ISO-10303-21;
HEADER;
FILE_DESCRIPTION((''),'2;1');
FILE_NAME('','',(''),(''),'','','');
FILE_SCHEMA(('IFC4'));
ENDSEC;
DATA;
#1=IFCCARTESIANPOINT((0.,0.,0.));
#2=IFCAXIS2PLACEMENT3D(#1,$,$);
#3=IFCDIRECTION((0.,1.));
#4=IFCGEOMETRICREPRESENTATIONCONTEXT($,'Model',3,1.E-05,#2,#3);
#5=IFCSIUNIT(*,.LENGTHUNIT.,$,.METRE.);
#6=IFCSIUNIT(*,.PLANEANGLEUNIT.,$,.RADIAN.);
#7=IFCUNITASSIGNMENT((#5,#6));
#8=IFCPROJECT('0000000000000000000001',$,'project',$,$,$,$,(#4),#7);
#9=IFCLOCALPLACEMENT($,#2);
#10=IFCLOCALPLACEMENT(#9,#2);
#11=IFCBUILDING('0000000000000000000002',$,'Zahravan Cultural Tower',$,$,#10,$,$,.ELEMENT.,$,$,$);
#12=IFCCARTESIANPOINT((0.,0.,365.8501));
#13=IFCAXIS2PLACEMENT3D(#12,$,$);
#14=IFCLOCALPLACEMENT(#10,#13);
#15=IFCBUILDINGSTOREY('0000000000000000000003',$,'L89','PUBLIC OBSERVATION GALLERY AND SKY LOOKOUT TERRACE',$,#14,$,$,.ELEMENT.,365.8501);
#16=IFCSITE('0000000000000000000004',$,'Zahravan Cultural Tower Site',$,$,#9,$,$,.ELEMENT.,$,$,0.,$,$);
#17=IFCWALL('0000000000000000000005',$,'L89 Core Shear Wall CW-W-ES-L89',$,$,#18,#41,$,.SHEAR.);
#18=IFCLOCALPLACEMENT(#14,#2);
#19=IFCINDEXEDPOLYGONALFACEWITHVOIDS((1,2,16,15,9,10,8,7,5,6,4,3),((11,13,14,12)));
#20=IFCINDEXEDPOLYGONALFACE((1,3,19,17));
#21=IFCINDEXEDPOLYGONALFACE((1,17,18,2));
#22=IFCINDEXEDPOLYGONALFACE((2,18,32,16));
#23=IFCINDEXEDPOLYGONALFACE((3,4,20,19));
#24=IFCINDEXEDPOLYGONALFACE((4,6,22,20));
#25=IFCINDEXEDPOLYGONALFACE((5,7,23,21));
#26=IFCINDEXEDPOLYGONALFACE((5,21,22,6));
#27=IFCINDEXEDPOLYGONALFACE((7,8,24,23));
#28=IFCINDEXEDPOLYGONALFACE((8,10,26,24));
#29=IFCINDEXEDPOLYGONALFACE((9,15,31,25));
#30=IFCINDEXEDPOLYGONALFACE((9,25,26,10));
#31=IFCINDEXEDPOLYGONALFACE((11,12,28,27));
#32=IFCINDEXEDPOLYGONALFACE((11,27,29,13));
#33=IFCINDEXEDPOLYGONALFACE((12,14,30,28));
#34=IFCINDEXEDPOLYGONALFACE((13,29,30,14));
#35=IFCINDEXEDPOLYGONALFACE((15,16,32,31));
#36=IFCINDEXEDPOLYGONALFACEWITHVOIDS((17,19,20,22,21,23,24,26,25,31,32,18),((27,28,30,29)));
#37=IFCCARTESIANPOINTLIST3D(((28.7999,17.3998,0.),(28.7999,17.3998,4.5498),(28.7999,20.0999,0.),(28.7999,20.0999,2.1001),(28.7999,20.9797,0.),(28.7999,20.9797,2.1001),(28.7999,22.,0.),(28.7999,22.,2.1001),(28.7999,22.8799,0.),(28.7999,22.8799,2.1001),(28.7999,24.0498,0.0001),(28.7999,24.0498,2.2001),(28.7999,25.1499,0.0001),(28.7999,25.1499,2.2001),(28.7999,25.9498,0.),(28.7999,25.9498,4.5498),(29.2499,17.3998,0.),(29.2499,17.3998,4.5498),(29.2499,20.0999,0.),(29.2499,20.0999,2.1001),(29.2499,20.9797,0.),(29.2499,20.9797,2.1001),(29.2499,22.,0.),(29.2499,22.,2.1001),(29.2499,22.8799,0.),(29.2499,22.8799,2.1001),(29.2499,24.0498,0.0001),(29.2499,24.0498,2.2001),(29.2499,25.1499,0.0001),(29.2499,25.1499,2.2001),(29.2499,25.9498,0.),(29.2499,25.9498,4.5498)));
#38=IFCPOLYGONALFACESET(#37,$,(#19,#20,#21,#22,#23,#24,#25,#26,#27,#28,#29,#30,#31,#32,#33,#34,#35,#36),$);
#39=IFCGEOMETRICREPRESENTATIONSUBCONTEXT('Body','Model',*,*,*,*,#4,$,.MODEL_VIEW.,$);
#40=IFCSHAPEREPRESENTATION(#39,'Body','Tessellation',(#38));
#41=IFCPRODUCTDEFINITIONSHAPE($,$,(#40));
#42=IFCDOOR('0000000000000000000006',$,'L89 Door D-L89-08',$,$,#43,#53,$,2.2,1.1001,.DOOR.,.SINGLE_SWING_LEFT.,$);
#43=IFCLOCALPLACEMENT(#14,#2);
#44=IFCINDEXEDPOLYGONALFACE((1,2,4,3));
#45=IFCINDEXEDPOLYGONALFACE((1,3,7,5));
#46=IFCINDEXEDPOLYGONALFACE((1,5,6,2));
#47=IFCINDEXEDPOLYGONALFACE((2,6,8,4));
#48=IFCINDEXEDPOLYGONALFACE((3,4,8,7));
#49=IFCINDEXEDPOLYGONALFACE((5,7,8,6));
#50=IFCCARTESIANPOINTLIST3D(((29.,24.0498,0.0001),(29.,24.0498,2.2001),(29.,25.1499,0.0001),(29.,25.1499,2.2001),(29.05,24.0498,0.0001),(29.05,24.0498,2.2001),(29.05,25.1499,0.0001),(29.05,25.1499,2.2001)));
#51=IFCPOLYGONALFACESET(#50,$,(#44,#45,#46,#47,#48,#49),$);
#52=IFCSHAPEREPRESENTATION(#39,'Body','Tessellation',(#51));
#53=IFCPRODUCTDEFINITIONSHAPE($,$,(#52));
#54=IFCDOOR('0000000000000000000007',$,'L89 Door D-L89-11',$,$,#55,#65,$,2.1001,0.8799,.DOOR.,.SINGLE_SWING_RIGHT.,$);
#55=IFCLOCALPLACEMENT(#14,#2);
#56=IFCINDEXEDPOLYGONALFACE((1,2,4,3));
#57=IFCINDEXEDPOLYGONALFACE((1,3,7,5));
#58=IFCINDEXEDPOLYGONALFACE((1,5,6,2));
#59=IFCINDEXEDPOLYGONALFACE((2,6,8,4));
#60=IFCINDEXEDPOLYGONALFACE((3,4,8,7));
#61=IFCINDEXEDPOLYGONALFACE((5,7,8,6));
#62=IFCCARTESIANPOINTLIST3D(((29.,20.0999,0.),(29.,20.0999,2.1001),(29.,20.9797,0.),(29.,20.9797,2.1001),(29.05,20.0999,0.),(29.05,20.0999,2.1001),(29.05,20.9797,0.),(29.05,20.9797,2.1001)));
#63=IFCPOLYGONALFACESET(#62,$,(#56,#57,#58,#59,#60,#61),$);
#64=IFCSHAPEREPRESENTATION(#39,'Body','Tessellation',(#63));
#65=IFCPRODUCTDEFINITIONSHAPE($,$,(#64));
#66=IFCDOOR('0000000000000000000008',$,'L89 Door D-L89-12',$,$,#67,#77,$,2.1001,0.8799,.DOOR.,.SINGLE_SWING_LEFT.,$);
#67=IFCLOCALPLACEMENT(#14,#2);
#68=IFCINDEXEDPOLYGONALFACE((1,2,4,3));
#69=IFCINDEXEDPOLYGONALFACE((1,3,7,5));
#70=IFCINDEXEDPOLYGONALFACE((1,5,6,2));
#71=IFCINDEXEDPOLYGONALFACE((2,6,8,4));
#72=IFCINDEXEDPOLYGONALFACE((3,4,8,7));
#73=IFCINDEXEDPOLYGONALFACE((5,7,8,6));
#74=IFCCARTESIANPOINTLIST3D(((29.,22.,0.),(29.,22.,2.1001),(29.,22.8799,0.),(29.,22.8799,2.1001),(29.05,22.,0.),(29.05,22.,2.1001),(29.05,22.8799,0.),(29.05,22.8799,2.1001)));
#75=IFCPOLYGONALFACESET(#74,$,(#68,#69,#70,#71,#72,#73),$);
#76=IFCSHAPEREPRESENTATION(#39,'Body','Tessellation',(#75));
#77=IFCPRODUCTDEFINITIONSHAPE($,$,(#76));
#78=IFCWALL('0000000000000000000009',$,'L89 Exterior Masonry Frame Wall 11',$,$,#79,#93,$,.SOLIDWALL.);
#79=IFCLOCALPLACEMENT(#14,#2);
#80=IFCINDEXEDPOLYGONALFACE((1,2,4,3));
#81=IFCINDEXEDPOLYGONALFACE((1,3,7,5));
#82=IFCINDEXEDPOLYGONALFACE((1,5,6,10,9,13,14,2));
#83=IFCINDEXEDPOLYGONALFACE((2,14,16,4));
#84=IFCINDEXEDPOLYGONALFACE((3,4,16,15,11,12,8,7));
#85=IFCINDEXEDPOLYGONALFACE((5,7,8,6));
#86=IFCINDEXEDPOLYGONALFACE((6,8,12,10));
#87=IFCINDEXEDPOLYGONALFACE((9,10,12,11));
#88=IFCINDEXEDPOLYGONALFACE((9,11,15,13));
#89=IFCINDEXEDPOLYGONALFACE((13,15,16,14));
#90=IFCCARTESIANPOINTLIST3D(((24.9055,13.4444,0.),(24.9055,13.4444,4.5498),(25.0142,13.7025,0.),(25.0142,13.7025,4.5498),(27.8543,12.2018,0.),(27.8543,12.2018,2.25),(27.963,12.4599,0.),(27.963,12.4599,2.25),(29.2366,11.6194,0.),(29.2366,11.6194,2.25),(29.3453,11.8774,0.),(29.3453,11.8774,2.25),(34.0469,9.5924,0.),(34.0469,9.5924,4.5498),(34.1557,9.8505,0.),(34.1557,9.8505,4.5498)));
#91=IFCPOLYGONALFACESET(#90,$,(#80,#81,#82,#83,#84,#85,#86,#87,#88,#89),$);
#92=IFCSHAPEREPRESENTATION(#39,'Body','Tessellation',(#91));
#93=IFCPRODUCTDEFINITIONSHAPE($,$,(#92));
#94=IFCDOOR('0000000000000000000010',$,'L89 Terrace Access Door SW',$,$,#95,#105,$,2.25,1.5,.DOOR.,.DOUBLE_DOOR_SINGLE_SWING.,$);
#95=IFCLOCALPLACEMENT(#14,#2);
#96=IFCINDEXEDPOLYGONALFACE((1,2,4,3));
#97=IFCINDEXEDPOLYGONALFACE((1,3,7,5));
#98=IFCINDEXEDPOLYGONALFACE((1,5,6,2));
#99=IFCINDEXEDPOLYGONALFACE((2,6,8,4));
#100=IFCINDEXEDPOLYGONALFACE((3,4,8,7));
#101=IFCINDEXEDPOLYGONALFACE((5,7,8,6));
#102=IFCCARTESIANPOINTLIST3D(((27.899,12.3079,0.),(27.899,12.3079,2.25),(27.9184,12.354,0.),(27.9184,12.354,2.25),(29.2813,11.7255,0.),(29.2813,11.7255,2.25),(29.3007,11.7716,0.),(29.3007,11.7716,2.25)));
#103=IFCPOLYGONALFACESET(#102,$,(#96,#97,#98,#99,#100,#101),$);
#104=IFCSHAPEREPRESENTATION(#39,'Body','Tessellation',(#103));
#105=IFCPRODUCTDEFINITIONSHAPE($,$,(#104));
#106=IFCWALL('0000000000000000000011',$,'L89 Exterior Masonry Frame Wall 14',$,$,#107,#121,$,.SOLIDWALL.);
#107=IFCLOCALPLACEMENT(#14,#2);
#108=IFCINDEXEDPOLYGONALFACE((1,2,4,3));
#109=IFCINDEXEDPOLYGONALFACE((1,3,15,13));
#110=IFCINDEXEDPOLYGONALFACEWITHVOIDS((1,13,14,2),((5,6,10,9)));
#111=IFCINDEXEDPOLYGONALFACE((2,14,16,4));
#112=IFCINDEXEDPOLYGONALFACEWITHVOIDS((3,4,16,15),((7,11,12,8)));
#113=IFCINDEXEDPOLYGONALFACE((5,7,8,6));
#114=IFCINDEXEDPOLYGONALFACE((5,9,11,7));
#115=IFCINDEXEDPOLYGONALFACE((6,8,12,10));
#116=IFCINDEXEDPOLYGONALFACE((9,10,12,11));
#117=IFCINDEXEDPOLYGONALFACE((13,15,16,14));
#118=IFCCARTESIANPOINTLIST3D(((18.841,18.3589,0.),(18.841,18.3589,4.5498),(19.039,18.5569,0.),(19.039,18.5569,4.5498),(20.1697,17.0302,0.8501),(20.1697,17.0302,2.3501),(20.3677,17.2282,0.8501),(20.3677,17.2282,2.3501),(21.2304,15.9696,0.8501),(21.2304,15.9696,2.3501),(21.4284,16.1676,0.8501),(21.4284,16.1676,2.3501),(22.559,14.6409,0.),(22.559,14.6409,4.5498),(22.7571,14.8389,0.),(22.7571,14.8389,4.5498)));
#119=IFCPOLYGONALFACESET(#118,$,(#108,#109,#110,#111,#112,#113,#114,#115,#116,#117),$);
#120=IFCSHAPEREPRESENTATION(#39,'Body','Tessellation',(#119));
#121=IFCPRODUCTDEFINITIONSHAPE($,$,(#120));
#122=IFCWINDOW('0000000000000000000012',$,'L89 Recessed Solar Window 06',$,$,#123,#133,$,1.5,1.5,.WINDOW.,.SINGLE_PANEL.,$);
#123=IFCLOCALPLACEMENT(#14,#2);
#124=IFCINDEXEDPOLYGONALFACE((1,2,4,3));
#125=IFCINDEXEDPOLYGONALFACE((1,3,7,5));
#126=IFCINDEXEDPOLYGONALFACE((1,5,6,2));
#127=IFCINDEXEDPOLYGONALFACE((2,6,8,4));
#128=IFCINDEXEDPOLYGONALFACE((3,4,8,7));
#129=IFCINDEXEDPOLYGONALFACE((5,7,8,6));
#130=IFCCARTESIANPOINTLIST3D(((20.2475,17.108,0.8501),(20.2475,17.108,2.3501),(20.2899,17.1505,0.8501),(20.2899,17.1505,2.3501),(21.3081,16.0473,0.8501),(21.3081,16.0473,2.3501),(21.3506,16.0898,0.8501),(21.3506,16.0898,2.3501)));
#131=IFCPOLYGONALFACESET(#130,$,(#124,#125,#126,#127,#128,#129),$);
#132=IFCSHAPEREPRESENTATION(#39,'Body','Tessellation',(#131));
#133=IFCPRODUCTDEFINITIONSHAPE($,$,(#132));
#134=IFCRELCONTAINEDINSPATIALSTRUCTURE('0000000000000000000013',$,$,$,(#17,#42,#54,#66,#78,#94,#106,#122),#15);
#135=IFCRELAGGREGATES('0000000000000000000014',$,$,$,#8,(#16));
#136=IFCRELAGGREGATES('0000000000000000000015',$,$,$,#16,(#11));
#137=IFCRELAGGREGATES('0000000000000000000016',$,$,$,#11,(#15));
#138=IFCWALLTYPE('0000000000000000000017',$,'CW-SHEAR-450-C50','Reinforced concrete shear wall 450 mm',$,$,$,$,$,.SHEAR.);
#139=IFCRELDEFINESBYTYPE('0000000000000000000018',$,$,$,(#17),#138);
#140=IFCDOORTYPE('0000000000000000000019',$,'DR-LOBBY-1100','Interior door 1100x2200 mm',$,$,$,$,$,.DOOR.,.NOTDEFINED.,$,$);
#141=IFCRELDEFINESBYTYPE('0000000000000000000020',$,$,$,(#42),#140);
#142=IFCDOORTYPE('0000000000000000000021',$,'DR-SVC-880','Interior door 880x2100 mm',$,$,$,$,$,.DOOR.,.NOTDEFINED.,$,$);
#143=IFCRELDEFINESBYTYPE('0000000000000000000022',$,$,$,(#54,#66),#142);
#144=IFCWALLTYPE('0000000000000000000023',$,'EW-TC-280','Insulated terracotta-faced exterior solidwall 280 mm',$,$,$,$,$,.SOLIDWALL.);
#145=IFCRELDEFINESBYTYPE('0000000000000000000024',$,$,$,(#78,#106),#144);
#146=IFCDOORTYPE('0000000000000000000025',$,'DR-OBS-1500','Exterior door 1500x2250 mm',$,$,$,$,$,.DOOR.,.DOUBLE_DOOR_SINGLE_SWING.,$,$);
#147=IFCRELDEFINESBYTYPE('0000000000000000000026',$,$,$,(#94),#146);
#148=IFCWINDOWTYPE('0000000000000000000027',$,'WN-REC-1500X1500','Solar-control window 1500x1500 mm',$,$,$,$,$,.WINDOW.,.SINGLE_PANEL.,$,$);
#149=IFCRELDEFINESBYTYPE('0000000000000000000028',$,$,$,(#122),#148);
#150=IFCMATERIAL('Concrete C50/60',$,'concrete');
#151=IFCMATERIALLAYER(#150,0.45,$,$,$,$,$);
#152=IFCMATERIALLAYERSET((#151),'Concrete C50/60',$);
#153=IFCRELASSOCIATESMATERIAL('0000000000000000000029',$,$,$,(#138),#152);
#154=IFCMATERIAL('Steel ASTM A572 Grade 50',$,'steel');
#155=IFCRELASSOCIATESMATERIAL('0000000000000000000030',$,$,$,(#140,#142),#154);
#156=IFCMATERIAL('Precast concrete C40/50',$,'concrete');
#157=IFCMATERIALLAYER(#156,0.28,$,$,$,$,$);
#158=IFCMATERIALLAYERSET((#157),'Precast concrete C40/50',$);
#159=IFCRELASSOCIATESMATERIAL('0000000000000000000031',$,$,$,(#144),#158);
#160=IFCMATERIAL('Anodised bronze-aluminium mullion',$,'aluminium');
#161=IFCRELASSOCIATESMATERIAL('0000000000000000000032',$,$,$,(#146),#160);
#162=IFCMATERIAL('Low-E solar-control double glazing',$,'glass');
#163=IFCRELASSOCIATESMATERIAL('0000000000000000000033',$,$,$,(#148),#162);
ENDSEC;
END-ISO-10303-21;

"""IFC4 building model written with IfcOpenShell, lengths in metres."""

from ifc_helpers import new_model, si_unit, direction, frame, frame_2d, origin, place, context, subcontext, project, spatial, rectangle, extrude, source, transform, mapped, material, layer, layer_set, type_object, element, fill, save


model = new_model("IFC4")

# Units and contexts
model_context = context("Model", 3, precision=1e-05, world=origin(), true_north=direction((0.0, 1.0)))
body_context = subcontext(model_context, "Body", "Model", "MODEL_VIEW")
ifc_project = project(units=[si_unit("LENGTHUNIT", "METRE"), si_unit("PLANEANGLEUNIT", "RADIAN")], contexts=[model_context])

# Site, building, storey
site_placement = place(None, origin())
site = spatial("IfcSite", under=ifc_project, at=site_placement, Name="Zahravan Cultural Tower Site", CompositionType="ELEMENT", RefElevation=0.0)
building_placement = place(site_placement, origin())
building = spatial("IfcBuilding", under=site, at=building_placement, Name="Zahravan Cultural Tower", CompositionType="ELEMENT")
storey_placement = place(building_placement, frame((0.0, 0.0, 365.8501)))
storey = spatial("IfcBuildingStorey", under=building, at=storey_placement, Name="L89", Description="PUBLIC OBSERVATION GALLERY AND SKY LOOKOUT TERRACE", CompositionType="ELEMENT", Elevation=365.8501)

# Wall, openings, doors
ifc_material_1 = material(Name="Concrete C50/60", Category="concrete")
ifc_layer_1 = layer(ifc_material_1, 0.45)
ifc_layer_set_1 = layer_set([ifc_layer_1], Name="Concrete C50/60")
wall_type_1 = type_object("IfcWallType", Name="CW-SHEAR-450-C50", Description="Reinforced concrete shear wall 450 mm", PredefinedType="SHEAR", material=ifc_layer_set_1)
wall_1_placement = place(storey_placement, frame((29.0249, 17.3999, 0.0), z_axis=(0.0, 0.0, 1.0), x_axis=(0.0, 1.0, 0.0)))
wall_1 = element("IfcWall", 1, at=wall_1_placement, inside=storey, type_object=wall_type_1, Name="L89 Core Shear Wall CW-W-ES-L89", PredefinedType="SHEAR", context=body_context, shape_type="SweptSolid", body=[
    extrude(rectangle(XDim=8.55, YDim=0.45, at=frame_2d((4.2749, 0.0))), origin(), (0.0, 0.0, 1.0), 4.5498),
])
opening_1_placement = place(wall_1_placement, frame((6.6499, 0.0, 0.0)))
opening_1 = element("IfcOpeningElement", 2, at=opening_1_placement, cuts=wall_1, PredefinedType="OPENING", context=body_context, shape_type="SweptSolid", body=[
    extrude(rectangle(XDim=1.1001, YDim=2.2, at=frame_2d((0.55, 1.1001))), frame((0.0, 0.2349, 0.0), z_axis=(0.0, -1.0, 0.0), x_axis=(1.0, 0.0, 0.0)), (0.0, 0.0, 1.0), 0.47),
])
opening_2_placement = place(wall_1_placement, frame((2.7, 0.0, 0.0)))
opening_2 = element("IfcOpeningElement", 3, at=opening_2_placement, cuts=wall_1, PredefinedType="OPENING", context=body_context, shape_type="SweptSolid", body=[
    extrude(rectangle(XDim=0.8799, YDim=2.1001, at=frame_2d((0.4399, 1.05))), frame((0.0, 0.2349, 0.0), z_axis=(0.0, -1.0, 0.0), x_axis=(1.0, 0.0, 0.0)), (0.0, 0.0, 1.0), 0.47),
])
opening_3_placement = place(wall_1_placement, frame((4.6001, 0.0, 0.0)))
opening_3 = element("IfcOpeningElement", 4, at=opening_3_placement, cuts=wall_1, PredefinedType="OPENING", context=body_context, shape_type="SweptSolid", body=[
    extrude(rectangle(XDim=0.8799, YDim=2.1001, at=frame_2d((0.4399, 1.05))), frame((0.0, 0.2349, 0.0), z_axis=(0.0, -1.0, 0.0), x_axis=(1.0, 0.0, 0.0)), (0.0, 0.0, 1.0), 0.47),
])
ifc_material_2 = material(Name="Steel ASTM A572 Grade 50", Category="steel")
door_type_1 = type_object("IfcDoorType", Name="DR-LOBBY-1100", Description="Interior door 1100x2200 mm", OperationType="NOTDEFINED", PredefinedType="DOOR", material=ifc_material_2)
shared_shape_1 = source(origin(), body_context, "Body", "SweptSolid", [
    extrude(rectangle(XDim=1.1001, YDim=2.2, at=frame_2d((0.55, 1.1001))), frame((0.0, 0.0249, 0.0), z_axis=(0.0, -1.0, 0.0), x_axis=(1.0, 0.0, 0.0)), (0.0, 0.0, 1.0), 0.05),
])
door_1_placement = place(opening_1_placement, origin())
door_1 = element("IfcDoor", 5, at=door_1_placement, inside=storey, type_object=door_type_1, Name="L89 Door D-L89-08", OperationType="SINGLE_SWING_LEFT", OverallHeight=2.2, OverallWidth=1.1001, PredefinedType="DOOR", context=body_context, shape_type="MappedRepresentation", body=[
    mapped(shared_shape_1, transform((0.0, 0.0, 0.0), x_axis=(1.0, 0.0, 0.0), y_axis=(0.0, 1.0, 0.0), z_axis=(0.0, 0.0, 1.0), scale=1.0)),
])
fill(opening_1, door_1)
door_type_2 = type_object("IfcDoorType", Name="DR-SVC-880", Description="Interior door 880x2100 mm", OperationType="NOTDEFINED", PredefinedType="DOOR", material=ifc_material_2)
shared_shape_2 = source(origin(), body_context, "Body", "SweptSolid", [
    extrude(rectangle(XDim=0.8799, YDim=2.1001, at=frame_2d((0.4399, 1.05))), frame((0.0, 0.0249, 0.0), z_axis=(0.0, -1.0, 0.0), x_axis=(1.0, 0.0, 0.0)), (0.0, 0.0, 1.0), 0.05),
])
door_2_placement = place(opening_2_placement, origin())
door_2 = element("IfcDoor", 6, at=door_2_placement, inside=storey, type_object=door_type_2, Name="L89 Door D-L89-11", OperationType="SINGLE_SWING_RIGHT", OverallHeight=2.1001, OverallWidth=0.8799, PredefinedType="DOOR", context=body_context, shape_type="MappedRepresentation", body=[
    mapped(shared_shape_2, transform((0.0, 0.0, 0.0), x_axis=(1.0, 0.0, 0.0), y_axis=(0.0, 1.0, 0.0), z_axis=(0.0, 0.0, 1.0), scale=1.0)),
])
fill(opening_2, door_2)
door_3_placement = place(opening_3_placement, origin())
door_3 = element("IfcDoor", 7, at=door_3_placement, inside=storey, type_object=door_type_2, Name="L89 Door D-L89-12", OperationType="SINGLE_SWING_LEFT", OverallHeight=2.1001, OverallWidth=0.8799, PredefinedType="DOOR", context=body_context, shape_type="MappedRepresentation", body=[
    mapped(shared_shape_2, transform((0.0, 0.0, 0.0), x_axis=(1.0, 0.0, 0.0), y_axis=(0.0, 1.0, 0.0), z_axis=(0.0, 0.0, 1.0), scale=1.0)),
])
fill(opening_3, door_3)

# Wall, opening, door
ifc_material_3 = material(Name="Precast concrete C40/50", Category="concrete")
ifc_layer_2 = layer(ifc_material_3, 0.28)
ifc_layer_set_2 = layer_set([ifc_layer_2], Name="Precast concrete C40/50")
wall_type_2 = type_object("IfcWallType", Name="EW-TC-280", Description="Insulated terracotta-faced exterior solidwall 280 mm", PredefinedType="SOLIDWALL", material=ifc_layer_set_2)
wall_2_placement = place(storey_placement, frame((34.1013, 9.7214, 0.0), z_axis=(0.0, 0.0, 1.0), x_axis=(-0.921529, 0.38831, 0.0)))
wall_2 = element("IfcWall", 8, at=wall_2_placement, inside=storey, type_object=wall_type_2, Name="L89 Exterior Masonry Frame Wall 11", PredefinedType="SOLIDWALL", context=body_context, shape_type="SweptSolid", body=[
    extrude(rectangle(XDim=9.9199, YDim=0.28, at=frame_2d((4.96, 0.0))), origin(), (0.0, 0.0, 1.0), 4.5498),
])
opening_4_placement = place(wall_2_placement, frame((5.22, 0.0, 0.0)))
opening_4 = element("IfcOpeningElement", 9, at=opening_4_placement, cuts=wall_2, PredefinedType="OPENING", context=body_context, shape_type="SweptSolid", body=[
    extrude(rectangle(XDim=1.5, YDim=2.25, at=frame_2d((0.75, 1.125))), frame((0.0, 0.1499, 0.0), z_axis=(0.0, -1.0, 0.0), x_axis=(1.0, 0.0, 0.0)), (0.0, 0.0, 1.0), 0.3),
])
ifc_material_4 = material(Name="Anodised bronze-aluminium mullion", Category="aluminium")
door_type_3 = type_object("IfcDoorType", Name="DR-OBS-1500", Description="Exterior door 1500x2250 mm", OperationType="DOUBLE_DOOR_SINGLE_SWING", PredefinedType="DOOR", material=ifc_material_4)
shared_shape_3 = source(origin(), body_context, "Body", "SweptSolid", [
    extrude(rectangle(XDim=1.5, YDim=2.25, at=frame_2d((0.75, 1.125))), frame((0.0, 0.0249, 0.0), z_axis=(0.0, -1.0, 0.0), x_axis=(1.0, 0.0, 0.0)), (0.0, 0.0, 1.0), 0.05),
])
door_4_placement = place(opening_4_placement, origin())
door_4 = element("IfcDoor", 10, at=door_4_placement, inside=storey, type_object=door_type_3, Name="L89 Terrace Access Door SW", OperationType="DOUBLE_DOOR_SINGLE_SWING", OverallHeight=2.25, OverallWidth=1.5, PredefinedType="DOOR", context=body_context, shape_type="MappedRepresentation", body=[
    mapped(shared_shape_3, transform((0.0, 0.0, 0.0), x_axis=(1.0, 0.0, 0.0), y_axis=(0.0, 1.0, 0.0), z_axis=(0.0, 0.0, 1.0), scale=1.0)),
])
fill(opening_4, door_4)

# Wall, opening, window
wall_3_placement = place(storey_placement, frame((22.658, 14.74, 0.0), z_axis=(0.0, 0.0, 1.0), x_axis=(-0.707107, 0.707107, 0.0)))
wall_3 = element("IfcWall", 11, at=wall_3_placement, inside=storey, type_object=wall_type_2, Name="L89 Exterior Masonry Frame Wall 14", PredefinedType="SOLIDWALL", context=body_context, shape_type="SweptSolid", body=[
    extrude(rectangle(XDim=5.2581, YDim=0.28, at=frame_2d((2.6289, 0.0))), origin(), (0.0, 0.0, 1.0), 4.5498),
])
opening_5_placement = place(wall_3_placement, frame((1.8789, 0.0, 0.8501)))
opening_5 = element("IfcOpeningElement", 12, at=opening_5_placement, cuts=wall_3, PredefinedType="OPENING", context=body_context, shape_type="SweptSolid", body=[
    extrude(rectangle(XDim=1.5, YDim=1.5, at=frame_2d((0.75, 0.75))), frame((0.0, 0.1499, 0.0), z_axis=(0.0, -1.0, 0.0), x_axis=(1.0, 0.0, 0.0)), (0.0, 0.0, 1.0), 0.3),
])
ifc_material_5 = material(Name="Low-E solar-control double glazing", Category="glass")
window_type = type_object("IfcWindowType", Name="WN-REC-1500X1500", Description="Solar-control window 1500x1500 mm", PartitioningType="SINGLE_PANEL", PredefinedType="WINDOW", material=ifc_material_5)
shared_shape_4 = source(origin(), body_context, "Body", "SweptSolid", [
    extrude(rectangle(XDim=1.5, YDim=1.5, at=frame_2d((0.75, 0.75))), frame((0.0, 0.03, 0.0), z_axis=(0.0, -1.0, 0.0), x_axis=(1.0, 0.0, 0.0)), (0.0, 0.0, 1.0), 0.0601),
])
window_placement = place(opening_5_placement, origin())
window = element("IfcWindow", 13, at=window_placement, inside=storey, type_object=window_type, Name="L89 Recessed Solar Window 06", OverallHeight=1.5, OverallWidth=1.5, PartitioningType="SINGLE_PANEL", PredefinedType="WINDOW", context=body_context, shape_type="MappedRepresentation", body=[
    mapped(shared_shape_4, transform((0.0, 0.0, 0.0), x_axis=(1.0, 0.0, 0.0), y_axis=(0.0, 1.0, 0.0), z_axis=(0.0, 0.0, 1.0), scale=1.0)),
])
fill(opening_5, window)

save(model, "model.ifc")
